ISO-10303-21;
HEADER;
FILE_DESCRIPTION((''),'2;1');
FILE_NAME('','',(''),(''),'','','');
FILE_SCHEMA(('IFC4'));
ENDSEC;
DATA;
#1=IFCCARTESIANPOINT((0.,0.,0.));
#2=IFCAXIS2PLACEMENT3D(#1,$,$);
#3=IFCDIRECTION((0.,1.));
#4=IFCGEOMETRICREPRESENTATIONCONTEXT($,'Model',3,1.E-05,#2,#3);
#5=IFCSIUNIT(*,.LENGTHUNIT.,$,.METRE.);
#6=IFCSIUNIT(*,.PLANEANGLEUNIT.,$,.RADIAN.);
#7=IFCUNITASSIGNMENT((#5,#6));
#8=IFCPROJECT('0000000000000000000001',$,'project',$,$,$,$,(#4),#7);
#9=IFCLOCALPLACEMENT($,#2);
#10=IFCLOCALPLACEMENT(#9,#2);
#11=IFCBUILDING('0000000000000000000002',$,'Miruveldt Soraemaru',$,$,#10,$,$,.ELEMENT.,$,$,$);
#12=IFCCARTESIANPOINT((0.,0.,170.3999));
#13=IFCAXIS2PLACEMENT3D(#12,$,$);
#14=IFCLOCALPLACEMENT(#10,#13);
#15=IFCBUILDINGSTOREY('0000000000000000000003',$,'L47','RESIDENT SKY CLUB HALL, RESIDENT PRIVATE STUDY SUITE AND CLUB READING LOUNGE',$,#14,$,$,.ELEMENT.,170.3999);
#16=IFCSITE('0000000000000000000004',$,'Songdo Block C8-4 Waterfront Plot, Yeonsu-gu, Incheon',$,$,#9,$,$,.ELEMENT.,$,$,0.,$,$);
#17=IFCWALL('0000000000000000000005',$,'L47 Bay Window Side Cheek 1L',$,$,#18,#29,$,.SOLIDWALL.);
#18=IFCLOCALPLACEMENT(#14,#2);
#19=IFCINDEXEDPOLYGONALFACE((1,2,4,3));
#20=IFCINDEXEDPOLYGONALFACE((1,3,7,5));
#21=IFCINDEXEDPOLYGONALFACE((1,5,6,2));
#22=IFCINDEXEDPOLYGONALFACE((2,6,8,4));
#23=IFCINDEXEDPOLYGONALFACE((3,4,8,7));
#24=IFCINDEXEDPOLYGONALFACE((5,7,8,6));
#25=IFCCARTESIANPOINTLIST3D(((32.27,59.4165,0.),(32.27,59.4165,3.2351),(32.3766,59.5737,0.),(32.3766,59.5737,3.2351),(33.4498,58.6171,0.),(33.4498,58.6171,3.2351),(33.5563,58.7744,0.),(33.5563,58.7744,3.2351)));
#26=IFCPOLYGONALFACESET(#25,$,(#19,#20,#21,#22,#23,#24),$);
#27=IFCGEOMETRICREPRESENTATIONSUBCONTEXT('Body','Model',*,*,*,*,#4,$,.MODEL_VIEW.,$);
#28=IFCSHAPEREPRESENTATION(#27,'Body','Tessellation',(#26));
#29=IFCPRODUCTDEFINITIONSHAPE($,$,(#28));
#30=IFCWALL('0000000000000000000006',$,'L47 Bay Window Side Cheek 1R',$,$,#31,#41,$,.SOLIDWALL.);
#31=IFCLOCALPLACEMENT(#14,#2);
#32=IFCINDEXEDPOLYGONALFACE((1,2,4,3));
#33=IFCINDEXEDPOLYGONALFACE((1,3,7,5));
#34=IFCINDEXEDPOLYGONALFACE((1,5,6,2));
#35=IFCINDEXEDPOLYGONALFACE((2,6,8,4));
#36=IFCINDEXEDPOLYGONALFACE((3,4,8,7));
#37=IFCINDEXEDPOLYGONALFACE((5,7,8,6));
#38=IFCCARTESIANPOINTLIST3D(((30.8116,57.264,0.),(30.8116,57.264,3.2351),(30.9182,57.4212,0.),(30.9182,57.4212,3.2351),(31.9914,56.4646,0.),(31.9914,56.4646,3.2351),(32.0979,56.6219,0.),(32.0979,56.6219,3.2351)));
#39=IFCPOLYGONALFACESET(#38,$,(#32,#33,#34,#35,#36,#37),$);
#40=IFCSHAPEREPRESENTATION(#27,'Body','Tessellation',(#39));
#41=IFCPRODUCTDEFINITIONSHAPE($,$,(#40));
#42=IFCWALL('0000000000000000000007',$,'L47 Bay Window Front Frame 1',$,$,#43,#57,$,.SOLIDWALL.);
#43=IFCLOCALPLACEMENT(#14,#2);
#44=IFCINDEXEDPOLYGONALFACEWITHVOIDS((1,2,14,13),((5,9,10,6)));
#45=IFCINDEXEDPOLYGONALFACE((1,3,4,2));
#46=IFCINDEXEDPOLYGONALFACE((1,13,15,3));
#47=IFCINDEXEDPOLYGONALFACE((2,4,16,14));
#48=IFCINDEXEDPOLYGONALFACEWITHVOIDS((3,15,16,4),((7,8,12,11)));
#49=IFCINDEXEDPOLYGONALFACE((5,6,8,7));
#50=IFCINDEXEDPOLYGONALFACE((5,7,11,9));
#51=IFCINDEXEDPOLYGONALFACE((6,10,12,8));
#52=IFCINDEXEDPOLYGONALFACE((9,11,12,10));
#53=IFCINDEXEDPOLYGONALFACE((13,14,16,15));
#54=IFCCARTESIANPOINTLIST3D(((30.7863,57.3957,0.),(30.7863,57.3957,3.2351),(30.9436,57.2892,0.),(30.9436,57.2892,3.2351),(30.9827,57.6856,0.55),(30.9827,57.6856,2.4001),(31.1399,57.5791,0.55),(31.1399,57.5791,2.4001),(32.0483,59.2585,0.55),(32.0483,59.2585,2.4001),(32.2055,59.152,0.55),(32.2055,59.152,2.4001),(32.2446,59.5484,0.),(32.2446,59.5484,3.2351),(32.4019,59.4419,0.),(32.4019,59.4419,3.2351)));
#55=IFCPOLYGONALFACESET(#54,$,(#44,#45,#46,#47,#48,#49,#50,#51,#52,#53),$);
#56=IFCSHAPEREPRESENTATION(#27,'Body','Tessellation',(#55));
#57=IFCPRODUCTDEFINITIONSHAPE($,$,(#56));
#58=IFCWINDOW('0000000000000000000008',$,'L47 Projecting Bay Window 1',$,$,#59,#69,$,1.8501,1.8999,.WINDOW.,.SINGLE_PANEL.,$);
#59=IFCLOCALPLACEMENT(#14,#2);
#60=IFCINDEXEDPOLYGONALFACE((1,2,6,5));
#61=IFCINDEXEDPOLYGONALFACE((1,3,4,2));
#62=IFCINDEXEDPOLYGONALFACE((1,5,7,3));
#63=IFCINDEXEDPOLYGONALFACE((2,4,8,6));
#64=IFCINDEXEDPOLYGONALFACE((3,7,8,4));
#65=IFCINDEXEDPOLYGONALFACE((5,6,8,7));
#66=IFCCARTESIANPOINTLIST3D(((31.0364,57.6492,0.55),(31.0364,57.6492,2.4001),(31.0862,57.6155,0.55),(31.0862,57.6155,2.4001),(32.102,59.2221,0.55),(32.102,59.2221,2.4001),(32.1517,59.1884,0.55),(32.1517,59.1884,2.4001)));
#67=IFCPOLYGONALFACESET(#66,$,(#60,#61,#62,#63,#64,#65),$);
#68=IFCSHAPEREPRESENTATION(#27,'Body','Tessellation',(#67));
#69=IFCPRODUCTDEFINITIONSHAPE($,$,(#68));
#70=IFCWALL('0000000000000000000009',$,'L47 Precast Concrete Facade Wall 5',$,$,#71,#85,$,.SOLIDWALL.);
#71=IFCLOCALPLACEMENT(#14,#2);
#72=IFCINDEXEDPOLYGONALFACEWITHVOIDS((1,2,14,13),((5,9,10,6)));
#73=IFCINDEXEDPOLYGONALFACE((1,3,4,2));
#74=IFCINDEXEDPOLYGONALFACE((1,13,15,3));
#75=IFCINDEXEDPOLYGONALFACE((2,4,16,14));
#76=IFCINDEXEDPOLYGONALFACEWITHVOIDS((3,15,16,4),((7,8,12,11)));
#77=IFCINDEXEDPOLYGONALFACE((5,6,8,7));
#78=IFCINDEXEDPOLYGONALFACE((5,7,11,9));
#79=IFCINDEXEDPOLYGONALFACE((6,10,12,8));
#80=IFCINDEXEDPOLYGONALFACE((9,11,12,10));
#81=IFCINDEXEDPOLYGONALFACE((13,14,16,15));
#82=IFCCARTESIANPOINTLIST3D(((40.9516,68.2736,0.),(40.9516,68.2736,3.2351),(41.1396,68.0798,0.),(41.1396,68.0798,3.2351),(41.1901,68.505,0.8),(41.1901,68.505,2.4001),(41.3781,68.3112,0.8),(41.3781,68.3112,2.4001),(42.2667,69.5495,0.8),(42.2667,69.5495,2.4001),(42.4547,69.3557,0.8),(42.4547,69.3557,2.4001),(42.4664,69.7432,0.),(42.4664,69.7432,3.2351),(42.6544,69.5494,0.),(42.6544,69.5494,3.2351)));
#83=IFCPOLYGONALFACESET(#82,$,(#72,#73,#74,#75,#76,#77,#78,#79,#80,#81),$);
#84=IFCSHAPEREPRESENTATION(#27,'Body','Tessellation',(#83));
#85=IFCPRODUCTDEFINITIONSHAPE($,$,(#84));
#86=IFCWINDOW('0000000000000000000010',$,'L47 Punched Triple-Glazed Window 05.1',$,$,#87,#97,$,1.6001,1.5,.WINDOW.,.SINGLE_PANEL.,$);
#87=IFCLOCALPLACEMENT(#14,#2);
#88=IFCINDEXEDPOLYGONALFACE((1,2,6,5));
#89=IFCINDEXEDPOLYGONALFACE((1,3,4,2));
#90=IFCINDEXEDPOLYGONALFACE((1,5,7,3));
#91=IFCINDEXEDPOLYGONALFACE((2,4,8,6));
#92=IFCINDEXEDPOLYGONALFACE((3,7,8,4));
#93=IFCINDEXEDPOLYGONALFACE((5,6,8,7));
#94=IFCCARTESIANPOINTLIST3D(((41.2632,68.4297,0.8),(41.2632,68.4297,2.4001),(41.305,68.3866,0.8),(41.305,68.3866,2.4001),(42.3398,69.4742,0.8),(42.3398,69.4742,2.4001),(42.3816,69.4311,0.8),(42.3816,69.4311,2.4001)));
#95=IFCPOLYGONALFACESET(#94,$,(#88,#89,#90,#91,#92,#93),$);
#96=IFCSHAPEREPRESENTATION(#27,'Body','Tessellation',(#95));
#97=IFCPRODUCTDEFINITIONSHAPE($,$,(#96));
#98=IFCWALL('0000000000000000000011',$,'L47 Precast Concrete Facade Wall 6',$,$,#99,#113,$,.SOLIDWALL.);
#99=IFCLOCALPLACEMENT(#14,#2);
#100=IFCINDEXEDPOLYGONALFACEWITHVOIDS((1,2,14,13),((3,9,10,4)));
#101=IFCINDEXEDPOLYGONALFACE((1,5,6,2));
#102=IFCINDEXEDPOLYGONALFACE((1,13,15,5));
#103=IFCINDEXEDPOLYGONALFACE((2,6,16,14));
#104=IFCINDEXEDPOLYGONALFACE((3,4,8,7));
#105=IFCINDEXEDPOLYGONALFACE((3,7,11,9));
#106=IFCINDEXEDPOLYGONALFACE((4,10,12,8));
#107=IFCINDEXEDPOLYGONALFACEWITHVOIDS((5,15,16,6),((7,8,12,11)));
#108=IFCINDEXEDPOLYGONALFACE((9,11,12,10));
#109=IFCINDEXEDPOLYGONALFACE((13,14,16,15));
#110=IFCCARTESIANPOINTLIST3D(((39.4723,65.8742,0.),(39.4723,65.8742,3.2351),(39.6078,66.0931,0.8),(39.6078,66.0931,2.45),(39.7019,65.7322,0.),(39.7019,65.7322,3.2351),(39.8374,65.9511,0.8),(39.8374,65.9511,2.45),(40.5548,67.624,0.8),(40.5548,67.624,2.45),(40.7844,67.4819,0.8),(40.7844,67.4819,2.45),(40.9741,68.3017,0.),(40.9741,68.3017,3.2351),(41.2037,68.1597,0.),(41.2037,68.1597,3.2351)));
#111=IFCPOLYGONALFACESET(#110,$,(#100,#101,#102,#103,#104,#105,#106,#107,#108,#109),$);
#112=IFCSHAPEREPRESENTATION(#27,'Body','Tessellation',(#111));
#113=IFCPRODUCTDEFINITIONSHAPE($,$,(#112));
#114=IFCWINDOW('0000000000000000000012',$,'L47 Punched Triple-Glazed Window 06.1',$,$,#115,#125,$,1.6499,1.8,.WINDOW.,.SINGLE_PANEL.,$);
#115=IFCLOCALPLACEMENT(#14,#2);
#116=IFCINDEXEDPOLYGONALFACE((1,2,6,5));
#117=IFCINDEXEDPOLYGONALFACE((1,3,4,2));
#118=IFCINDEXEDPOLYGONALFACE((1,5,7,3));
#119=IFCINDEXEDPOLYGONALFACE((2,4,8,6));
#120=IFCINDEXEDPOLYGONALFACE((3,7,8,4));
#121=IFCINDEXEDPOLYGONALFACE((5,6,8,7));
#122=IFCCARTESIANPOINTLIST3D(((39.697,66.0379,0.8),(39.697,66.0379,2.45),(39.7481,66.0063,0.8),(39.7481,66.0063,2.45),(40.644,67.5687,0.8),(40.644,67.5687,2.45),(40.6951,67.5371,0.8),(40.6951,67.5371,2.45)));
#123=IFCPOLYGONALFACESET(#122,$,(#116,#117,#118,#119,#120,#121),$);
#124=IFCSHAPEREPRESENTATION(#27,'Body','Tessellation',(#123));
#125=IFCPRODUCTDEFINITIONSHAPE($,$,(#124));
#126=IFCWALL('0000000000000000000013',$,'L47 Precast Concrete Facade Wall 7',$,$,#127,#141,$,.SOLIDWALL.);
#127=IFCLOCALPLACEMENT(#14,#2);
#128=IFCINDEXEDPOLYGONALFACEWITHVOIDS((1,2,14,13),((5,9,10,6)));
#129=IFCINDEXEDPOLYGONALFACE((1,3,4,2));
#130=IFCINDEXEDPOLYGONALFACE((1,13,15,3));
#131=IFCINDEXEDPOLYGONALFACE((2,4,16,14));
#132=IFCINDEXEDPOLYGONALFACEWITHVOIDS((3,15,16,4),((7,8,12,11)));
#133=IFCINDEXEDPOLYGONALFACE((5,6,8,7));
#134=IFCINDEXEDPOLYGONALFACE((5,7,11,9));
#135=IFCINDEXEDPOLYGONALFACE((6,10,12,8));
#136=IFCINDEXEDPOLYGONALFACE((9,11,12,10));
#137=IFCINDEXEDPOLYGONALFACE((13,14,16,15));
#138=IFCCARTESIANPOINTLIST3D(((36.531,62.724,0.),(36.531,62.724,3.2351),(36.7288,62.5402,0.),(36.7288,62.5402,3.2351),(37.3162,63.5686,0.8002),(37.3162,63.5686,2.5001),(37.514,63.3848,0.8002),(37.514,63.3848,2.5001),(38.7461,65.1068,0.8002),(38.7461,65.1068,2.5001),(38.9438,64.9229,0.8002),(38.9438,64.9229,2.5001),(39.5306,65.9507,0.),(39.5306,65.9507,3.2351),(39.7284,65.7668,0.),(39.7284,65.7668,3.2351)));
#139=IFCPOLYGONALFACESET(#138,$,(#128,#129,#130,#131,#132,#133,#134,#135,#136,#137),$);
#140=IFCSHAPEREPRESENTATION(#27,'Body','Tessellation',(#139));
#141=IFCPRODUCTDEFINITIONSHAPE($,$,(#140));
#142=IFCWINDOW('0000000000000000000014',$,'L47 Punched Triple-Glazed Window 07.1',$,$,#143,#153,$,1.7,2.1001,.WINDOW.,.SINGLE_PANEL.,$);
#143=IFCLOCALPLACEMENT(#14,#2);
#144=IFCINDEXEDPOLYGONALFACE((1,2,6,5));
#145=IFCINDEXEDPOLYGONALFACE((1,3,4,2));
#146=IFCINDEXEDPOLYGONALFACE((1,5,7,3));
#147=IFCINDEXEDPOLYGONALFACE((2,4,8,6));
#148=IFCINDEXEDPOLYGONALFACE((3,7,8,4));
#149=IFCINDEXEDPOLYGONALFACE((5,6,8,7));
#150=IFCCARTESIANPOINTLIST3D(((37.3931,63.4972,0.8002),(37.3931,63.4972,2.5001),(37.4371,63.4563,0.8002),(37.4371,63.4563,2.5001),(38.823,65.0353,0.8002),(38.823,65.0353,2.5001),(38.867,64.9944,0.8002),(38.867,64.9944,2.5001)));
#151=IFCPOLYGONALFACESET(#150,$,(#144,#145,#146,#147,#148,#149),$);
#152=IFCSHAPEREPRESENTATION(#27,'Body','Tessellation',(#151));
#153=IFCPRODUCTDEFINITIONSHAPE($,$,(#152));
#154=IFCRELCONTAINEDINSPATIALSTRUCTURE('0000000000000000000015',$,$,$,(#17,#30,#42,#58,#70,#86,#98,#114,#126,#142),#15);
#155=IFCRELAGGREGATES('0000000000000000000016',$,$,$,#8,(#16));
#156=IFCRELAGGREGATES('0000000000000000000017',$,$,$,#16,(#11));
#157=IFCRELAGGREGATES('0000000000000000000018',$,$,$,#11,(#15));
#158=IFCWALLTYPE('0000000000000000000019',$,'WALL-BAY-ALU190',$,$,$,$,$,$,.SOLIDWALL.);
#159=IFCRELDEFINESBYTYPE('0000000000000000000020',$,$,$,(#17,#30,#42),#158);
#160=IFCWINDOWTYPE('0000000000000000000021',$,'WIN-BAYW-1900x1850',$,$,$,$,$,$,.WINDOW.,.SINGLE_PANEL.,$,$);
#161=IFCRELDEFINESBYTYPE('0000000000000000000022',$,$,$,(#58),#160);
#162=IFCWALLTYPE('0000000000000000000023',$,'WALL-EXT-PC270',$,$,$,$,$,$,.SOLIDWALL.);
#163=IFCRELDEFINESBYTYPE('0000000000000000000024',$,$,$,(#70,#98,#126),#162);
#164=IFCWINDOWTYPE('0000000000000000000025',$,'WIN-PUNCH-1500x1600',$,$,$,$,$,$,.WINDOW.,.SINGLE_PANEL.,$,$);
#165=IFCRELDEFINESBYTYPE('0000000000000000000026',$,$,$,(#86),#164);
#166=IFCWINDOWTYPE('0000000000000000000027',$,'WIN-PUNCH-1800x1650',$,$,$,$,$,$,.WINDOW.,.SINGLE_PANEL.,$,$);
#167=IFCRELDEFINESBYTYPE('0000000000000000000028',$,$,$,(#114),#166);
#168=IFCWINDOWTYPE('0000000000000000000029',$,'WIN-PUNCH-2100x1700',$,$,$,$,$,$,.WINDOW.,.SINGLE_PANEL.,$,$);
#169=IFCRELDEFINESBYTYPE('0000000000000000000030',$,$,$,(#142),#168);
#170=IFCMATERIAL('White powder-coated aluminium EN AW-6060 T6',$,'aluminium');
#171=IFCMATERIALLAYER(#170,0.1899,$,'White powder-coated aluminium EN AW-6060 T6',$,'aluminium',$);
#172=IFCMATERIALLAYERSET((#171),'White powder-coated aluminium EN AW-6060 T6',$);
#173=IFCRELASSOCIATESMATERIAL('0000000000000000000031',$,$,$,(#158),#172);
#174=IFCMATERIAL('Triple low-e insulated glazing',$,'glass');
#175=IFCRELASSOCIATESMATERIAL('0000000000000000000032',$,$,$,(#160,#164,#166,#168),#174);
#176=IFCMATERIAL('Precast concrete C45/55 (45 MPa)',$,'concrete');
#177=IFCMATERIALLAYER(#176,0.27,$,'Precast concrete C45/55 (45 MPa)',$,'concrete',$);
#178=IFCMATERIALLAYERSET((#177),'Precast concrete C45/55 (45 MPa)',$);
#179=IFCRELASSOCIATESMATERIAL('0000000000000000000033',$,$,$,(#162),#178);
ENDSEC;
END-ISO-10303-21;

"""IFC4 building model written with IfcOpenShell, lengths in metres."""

from ifc_helpers import new_model, si_unit, direction, frame, frame_2d, origin, place, context, subcontext, project, spatial, rectangle, extrude, material, layer, layer_set, type_object, element, fill, save


model = new_model("IFC4")

# Units and contexts
model_context = context("Model", 3, precision=1e-05, world=origin(), true_north=direction((0.0, 1.0)))
body_context = subcontext(model_context, "Body", "Model", "MODEL_VIEW")
ifc_project = project(units=[si_unit("LENGTHUNIT", "METRE"), si_unit("PLANEANGLEUNIT", "RADIAN")], contexts=[model_context])

# Site, building, storey
site_placement = place(None, origin())
site = spatial("IfcSite", under=ifc_project, at=site_placement, Name="Songdo Block C8-4 Waterfront Plot, Yeonsu-gu, Incheon", CompositionType="ELEMENT", RefElevation=0.0)
building_placement = place(site_placement, origin())
building = spatial("IfcBuilding", under=site, at=building_placement, Name="Miruveldt Soraemaru", CompositionType="ELEMENT")
storey_placement = place(building_placement, frame((0.0, 0.0, 170.3999)))
storey = spatial("IfcBuildingStorey", under=building, at=storey_placement, Name="L47", Description="RESIDENT SKY CLUB HALL, RESIDENT PRIVATE STUDY SUITE AND CLUB READING LOUNGE", CompositionType="ELEMENT", Elevation=170.3999)

# Walls
ifc_material_1 = material(Name="White powder-coated aluminium EN AW-6060 T6", Category="aluminium")
ifc_layer_1 = layer(ifc_material_1, 0.1899, Name="White powder-coated aluminium EN AW-6060 T6", Category="aluminium")
ifc_layer_set_1 = layer_set([ifc_layer_1], Name="White powder-coated aluminium EN AW-6060 T6")
wall_type_1 = type_object("IfcWallType", Name="WALL-BAY-ALU190", PredefinedType="SOLIDWALL", material=ifc_layer_set_1)
for number, where, z_axis, x_axis, name in (
    (1, (33.5029, 58.6958, 0.0), (0.0, 0.0, 1.0), (-0.827862, 0.560931, 0.0), "L47 Bay Window Side Cheek 1L"),
    (2, (30.865, 57.3425, 0.0), (0.0, 0.0, 1.0), (0.827862, -0.560931, 0.0), "L47 Bay Window Side Cheek 1R"),
):
    element("IfcWall", number, at=place(storey_placement, frame(where, z_axis=z_axis, x_axis=x_axis)), inside=storey, type_object=wall_type_1, Name=name, PredefinedType="SOLIDWALL", context=body_context, shape_type="SweptSolid", body=[
        extrude(rectangle(XDim=1.425, YDim=0.1899, at=frame_2d((0.7124, 0.0))), origin(), (0.0, 0.0, 1.0), 3.2351),
    ])

# Walls, openings, windows
wall_1_placement = place(storey_placement, frame((32.3232, 59.4951, 0.0), z_axis=(0.0, 0.0, 1.0), x_axis=(-0.560861, -0.82791, 0.0)))
wall_1 = element("IfcWall", 3, at=wall_1_placement, inside=storey, type_object=wall_type_1, Name="L47 Bay Window Front Frame 1", PredefinedType="SOLIDWALL", context=body_context, shape_type="SweptSolid", body=[
    extrude(rectangle(XDim=2.6001, YDim=0.1899, at=frame_2d((1.3, 0.0))), origin(), (0.0, 0.0, 1.0), 3.2351),
])
opening_1_placement = place(wall_1_placement, frame((0.3501, 0.0, 0.55)))
opening_1 = element("IfcOpeningElement", 4, at=opening_1_placement, cuts=wall_1, PredefinedType="OPENING", context=body_context, shape_type="SweptSolid", body=[
    extrude(rectangle(XDim=1.8999, YDim=1.8501, at=frame_2d((0.95, 0.925))), frame((0.0, 0.105, 0.0), z_axis=(0.0, -1.0, 0.0), x_axis=(1.0, 0.0, 0.0)), (0.0, 0.0, 1.0), 0.21),
])
ifc_material_2 = material(Name="Triple low-e insulated glazing", Category="glass")
window_type_1 = type_object("IfcWindowType", Name="WIN-BAYW-1900x1850", PartitioningType="SINGLE_PANEL", PredefinedType="WINDOW", material=ifc_material_2)
window_1_placement = place(opening_1_placement, origin())
window_1 = element("IfcWindow", 5, at=window_1_placement, inside=storey, type_object=window_type_1, Name="L47 Projecting Bay Window 1", OverallHeight=1.8501, OverallWidth=1.8999, PartitioningType="SINGLE_PANEL", PredefinedType="WINDOW", context=body_context, shape_type="SweptSolid", body=[
    extrude(rectangle(XDim=1.8999, YDim=1.8501, at=frame_2d((0.95, 0.925))), frame((0.0, 0.03, 0.0), z_axis=(0.0, -1.0, 0.0), x_axis=(1.0, 0.0, 0.0)), (0.0, 0.0, 1.0), 0.0601),
])
fill(opening_1, window_1)
ifc_material_3 = material(Name="Precast concrete C45/55 (45 MPa)", Category="concrete")
ifc_layer_2 = layer(ifc_material_3, 0.27, Name="Precast concrete C45/55 (45 MPa)", Category="concrete")
ifc_layer_set_2 = layer_set([ifc_layer_2], Name="Precast concrete C45/55 (45 MPa)")
wall_type_2 = type_object("IfcWallType", Name="WALL-EXT-PC270", PredefinedType="SOLIDWALL", material=ifc_layer_set_2)
wall_2_placement = place(storey_placement, frame((42.5603, 69.6462, 0.0), z_axis=(0.0, 0.0, 1.0), x_axis=(-0.717725, -0.696326, 0.0)))
wall_2 = element("IfcWall", 6, at=wall_2_placement, inside=storey, type_object=wall_type_2, Name="L47 Precast Concrete Facade Wall 5", PredefinedType="SOLIDWALL", context=body_context, shape_type="SweptSolid", body=[
    extrude(rectangle(XDim=2.1106, YDim=0.27, at=frame_2d((1.0552, 0.0))), origin(), (0.0, 0.0, 1.0), 3.2351),
])
opening_2_placement = place(wall_2_placement, frame((0.2781, 0.0, 0.8)))
opening_2 = element("IfcOpeningElement", 7, at=opening_2_placement, cuts=wall_2, PredefinedType="OPENING", context=body_context, shape_type="SweptSolid", body=[
    extrude(rectangle(XDim=1.5, YDim=1.6001, at=frame_2d((0.75, 0.8))), frame((0.0, 0.145, 0.0), z_axis=(0.0, -1.0, 0.0), x_axis=(1.0, 0.0, 0.0)), (0.0, 0.0, 1.0), 0.29),
])
window_type_2 = type_object("IfcWindowType", Name="WIN-PUNCH-1500x1600", PartitioningType="SINGLE_PANEL", PredefinedType="WINDOW", material=ifc_material_2)
window_2_placement = place(opening_2_placement, origin())
window_2 = element("IfcWindow", 8, at=window_2_placement, inside=storey, type_object=window_type_2, Name="L47 Punched Triple-Glazed Window 05.1", OverallHeight=1.6001, OverallWidth=1.5, PartitioningType="SINGLE_PANEL", PredefinedType="WINDOW", context=body_context, shape_type="SweptSolid", body=[
    extrude(rectangle(XDim=1.5, YDim=1.6001, at=frame_2d((0.75, 0.8))), frame((0.0, 0.03, 0.0), z_axis=(0.0, -1.0, 0.0), x_axis=(1.0, 0.0, 0.0)), (0.0, 0.0, 1.0), 0.0601),
])
fill(opening_2, window_2)
wall_3_placement = place(storey_placement, frame((41.0889, 68.2307, 0.0), z_axis=(0.0, 0.0, 1.0), x_axis=(-0.526095, -0.850426, 0.0)))
wall_3 = element("IfcWall", 9, at=wall_3_placement, inside=storey, type_object=wall_type_2, Name="L47 Precast Concrete Facade Wall 6", PredefinedType="SOLIDWALL", context=body_context, shape_type="SweptSolid", body=[
    extrude(rectangle(XDim=2.8545, YDim=0.27, at=frame_2d((1.4272, 0.0))), origin(), (0.0, 0.0, 1.0), 3.2351),
])
opening_3_placement = place(wall_3_placement, frame((0.7971, 0.0, 0.8)))
opening_3 = element("IfcOpeningElement", 10, at=opening_3_placement, cuts=wall_3, PredefinedType="OPENING", context=body_context, shape_type="SweptSolid", body=[
    extrude(rectangle(XDim=1.8, YDim=1.6499, at=frame_2d((0.8999, 0.825))), frame((0.0, 0.145, 0.0), z_axis=(0.0, -1.0, 0.0), x_axis=(1.0, 0.0, 0.0)), (0.0, 0.0, 1.0), 0.29),
])
window_type_3 = type_object("IfcWindowType", Name="WIN-PUNCH-1800x1650", PartitioningType="SINGLE_PANEL", PredefinedType="WINDOW", material=ifc_material_2)
window_3_placement = place(opening_3_placement, origin())
window_3 = element("IfcWindow", 11, at=window_3_placement, inside=storey, type_object=window_type_3, Name="L47 Punched Triple-Glazed Window 06.1", OverallHeight=1.6499, OverallWidth=1.8, PartitioningType="SINGLE_PANEL", PredefinedType="WINDOW", context=body_context, shape_type="SweptSolid", body=[
    extrude(rectangle(XDim=1.8, YDim=1.6499, at=frame_2d((0.8999, 0.825))), frame((0.0, 0.03, 0.0), z_axis=(0.0, -1.0, 0.0), x_axis=(1.0, 0.0, 0.0)), (0.0, 0.0, 1.0), 0.0601),
])
fill(opening_3, window_3)
wall_4_placement = place(storey_placement, frame((39.6294, 65.8586, 0.0), z_axis=(0.0, 0.0, 1.0), x_axis=(-0.680868, -0.732407, 0.0)))
wall_4 = element("IfcWall", 12, at=wall_4_placement, inside=storey, type_object=wall_type_2, Name="L47 Precast Concrete Facade Wall 7", PredefinedType="SOLIDWALL", context=body_context, shape_type="SweptSolid", body=[
    extrude(rectangle(XDim=4.4055, YDim=0.27, at=frame_2d((2.2026, 0.0))), origin(), (0.0, 0.0, 1.0), 3.2351),
])
opening_4_placement = place(wall_4_placement, frame((1.1521, 0.0, 0.8)))
opening_4 = element("IfcOpeningElement", 13, at=opening_4_placement, cuts=wall_4, PredefinedType="OPENING", context=body_context, shape_type="SweptSolid", body=[
    extrude(rectangle(XDim=2.1001, YDim=1.7, at=frame_2d((1.05, 0.8501))), frame((0.0, 0.145, 0.0), z_axis=(0.0, -1.0, 0.0), x_axis=(1.0, 0.0, 0.0)), (0.0, 0.0, 1.0), 0.29),
])
window_type_4 = type_object("IfcWindowType", Name="WIN-PUNCH-2100x1700", PartitioningType="SINGLE_PANEL", PredefinedType="WINDOW", material=ifc_material_2)
window_4_placement = place(opening_4_placement, origin())
window_4 = element("IfcWindow", 14, at=window_4_placement, inside=storey, type_object=window_type_4, Name="L47 Punched Triple-Glazed Window 07.1", OverallHeight=1.7, OverallWidth=2.1001, PartitioningType="SINGLE_PANEL", PredefinedType="WINDOW", context=body_context, shape_type="SweptSolid", body=[
    extrude(rectangle(XDim=2.1001, YDim=1.7, at=frame_2d((1.05, 0.8501))), frame((0.0, 0.03, 0.0), z_axis=(0.0, -1.0, 0.0), x_axis=(1.0, 0.0, 0.0)), (0.0, 0.0, 1.0), 0.0601),
])
fill(opening_4, window_4)

save(model, "model.ifc")
